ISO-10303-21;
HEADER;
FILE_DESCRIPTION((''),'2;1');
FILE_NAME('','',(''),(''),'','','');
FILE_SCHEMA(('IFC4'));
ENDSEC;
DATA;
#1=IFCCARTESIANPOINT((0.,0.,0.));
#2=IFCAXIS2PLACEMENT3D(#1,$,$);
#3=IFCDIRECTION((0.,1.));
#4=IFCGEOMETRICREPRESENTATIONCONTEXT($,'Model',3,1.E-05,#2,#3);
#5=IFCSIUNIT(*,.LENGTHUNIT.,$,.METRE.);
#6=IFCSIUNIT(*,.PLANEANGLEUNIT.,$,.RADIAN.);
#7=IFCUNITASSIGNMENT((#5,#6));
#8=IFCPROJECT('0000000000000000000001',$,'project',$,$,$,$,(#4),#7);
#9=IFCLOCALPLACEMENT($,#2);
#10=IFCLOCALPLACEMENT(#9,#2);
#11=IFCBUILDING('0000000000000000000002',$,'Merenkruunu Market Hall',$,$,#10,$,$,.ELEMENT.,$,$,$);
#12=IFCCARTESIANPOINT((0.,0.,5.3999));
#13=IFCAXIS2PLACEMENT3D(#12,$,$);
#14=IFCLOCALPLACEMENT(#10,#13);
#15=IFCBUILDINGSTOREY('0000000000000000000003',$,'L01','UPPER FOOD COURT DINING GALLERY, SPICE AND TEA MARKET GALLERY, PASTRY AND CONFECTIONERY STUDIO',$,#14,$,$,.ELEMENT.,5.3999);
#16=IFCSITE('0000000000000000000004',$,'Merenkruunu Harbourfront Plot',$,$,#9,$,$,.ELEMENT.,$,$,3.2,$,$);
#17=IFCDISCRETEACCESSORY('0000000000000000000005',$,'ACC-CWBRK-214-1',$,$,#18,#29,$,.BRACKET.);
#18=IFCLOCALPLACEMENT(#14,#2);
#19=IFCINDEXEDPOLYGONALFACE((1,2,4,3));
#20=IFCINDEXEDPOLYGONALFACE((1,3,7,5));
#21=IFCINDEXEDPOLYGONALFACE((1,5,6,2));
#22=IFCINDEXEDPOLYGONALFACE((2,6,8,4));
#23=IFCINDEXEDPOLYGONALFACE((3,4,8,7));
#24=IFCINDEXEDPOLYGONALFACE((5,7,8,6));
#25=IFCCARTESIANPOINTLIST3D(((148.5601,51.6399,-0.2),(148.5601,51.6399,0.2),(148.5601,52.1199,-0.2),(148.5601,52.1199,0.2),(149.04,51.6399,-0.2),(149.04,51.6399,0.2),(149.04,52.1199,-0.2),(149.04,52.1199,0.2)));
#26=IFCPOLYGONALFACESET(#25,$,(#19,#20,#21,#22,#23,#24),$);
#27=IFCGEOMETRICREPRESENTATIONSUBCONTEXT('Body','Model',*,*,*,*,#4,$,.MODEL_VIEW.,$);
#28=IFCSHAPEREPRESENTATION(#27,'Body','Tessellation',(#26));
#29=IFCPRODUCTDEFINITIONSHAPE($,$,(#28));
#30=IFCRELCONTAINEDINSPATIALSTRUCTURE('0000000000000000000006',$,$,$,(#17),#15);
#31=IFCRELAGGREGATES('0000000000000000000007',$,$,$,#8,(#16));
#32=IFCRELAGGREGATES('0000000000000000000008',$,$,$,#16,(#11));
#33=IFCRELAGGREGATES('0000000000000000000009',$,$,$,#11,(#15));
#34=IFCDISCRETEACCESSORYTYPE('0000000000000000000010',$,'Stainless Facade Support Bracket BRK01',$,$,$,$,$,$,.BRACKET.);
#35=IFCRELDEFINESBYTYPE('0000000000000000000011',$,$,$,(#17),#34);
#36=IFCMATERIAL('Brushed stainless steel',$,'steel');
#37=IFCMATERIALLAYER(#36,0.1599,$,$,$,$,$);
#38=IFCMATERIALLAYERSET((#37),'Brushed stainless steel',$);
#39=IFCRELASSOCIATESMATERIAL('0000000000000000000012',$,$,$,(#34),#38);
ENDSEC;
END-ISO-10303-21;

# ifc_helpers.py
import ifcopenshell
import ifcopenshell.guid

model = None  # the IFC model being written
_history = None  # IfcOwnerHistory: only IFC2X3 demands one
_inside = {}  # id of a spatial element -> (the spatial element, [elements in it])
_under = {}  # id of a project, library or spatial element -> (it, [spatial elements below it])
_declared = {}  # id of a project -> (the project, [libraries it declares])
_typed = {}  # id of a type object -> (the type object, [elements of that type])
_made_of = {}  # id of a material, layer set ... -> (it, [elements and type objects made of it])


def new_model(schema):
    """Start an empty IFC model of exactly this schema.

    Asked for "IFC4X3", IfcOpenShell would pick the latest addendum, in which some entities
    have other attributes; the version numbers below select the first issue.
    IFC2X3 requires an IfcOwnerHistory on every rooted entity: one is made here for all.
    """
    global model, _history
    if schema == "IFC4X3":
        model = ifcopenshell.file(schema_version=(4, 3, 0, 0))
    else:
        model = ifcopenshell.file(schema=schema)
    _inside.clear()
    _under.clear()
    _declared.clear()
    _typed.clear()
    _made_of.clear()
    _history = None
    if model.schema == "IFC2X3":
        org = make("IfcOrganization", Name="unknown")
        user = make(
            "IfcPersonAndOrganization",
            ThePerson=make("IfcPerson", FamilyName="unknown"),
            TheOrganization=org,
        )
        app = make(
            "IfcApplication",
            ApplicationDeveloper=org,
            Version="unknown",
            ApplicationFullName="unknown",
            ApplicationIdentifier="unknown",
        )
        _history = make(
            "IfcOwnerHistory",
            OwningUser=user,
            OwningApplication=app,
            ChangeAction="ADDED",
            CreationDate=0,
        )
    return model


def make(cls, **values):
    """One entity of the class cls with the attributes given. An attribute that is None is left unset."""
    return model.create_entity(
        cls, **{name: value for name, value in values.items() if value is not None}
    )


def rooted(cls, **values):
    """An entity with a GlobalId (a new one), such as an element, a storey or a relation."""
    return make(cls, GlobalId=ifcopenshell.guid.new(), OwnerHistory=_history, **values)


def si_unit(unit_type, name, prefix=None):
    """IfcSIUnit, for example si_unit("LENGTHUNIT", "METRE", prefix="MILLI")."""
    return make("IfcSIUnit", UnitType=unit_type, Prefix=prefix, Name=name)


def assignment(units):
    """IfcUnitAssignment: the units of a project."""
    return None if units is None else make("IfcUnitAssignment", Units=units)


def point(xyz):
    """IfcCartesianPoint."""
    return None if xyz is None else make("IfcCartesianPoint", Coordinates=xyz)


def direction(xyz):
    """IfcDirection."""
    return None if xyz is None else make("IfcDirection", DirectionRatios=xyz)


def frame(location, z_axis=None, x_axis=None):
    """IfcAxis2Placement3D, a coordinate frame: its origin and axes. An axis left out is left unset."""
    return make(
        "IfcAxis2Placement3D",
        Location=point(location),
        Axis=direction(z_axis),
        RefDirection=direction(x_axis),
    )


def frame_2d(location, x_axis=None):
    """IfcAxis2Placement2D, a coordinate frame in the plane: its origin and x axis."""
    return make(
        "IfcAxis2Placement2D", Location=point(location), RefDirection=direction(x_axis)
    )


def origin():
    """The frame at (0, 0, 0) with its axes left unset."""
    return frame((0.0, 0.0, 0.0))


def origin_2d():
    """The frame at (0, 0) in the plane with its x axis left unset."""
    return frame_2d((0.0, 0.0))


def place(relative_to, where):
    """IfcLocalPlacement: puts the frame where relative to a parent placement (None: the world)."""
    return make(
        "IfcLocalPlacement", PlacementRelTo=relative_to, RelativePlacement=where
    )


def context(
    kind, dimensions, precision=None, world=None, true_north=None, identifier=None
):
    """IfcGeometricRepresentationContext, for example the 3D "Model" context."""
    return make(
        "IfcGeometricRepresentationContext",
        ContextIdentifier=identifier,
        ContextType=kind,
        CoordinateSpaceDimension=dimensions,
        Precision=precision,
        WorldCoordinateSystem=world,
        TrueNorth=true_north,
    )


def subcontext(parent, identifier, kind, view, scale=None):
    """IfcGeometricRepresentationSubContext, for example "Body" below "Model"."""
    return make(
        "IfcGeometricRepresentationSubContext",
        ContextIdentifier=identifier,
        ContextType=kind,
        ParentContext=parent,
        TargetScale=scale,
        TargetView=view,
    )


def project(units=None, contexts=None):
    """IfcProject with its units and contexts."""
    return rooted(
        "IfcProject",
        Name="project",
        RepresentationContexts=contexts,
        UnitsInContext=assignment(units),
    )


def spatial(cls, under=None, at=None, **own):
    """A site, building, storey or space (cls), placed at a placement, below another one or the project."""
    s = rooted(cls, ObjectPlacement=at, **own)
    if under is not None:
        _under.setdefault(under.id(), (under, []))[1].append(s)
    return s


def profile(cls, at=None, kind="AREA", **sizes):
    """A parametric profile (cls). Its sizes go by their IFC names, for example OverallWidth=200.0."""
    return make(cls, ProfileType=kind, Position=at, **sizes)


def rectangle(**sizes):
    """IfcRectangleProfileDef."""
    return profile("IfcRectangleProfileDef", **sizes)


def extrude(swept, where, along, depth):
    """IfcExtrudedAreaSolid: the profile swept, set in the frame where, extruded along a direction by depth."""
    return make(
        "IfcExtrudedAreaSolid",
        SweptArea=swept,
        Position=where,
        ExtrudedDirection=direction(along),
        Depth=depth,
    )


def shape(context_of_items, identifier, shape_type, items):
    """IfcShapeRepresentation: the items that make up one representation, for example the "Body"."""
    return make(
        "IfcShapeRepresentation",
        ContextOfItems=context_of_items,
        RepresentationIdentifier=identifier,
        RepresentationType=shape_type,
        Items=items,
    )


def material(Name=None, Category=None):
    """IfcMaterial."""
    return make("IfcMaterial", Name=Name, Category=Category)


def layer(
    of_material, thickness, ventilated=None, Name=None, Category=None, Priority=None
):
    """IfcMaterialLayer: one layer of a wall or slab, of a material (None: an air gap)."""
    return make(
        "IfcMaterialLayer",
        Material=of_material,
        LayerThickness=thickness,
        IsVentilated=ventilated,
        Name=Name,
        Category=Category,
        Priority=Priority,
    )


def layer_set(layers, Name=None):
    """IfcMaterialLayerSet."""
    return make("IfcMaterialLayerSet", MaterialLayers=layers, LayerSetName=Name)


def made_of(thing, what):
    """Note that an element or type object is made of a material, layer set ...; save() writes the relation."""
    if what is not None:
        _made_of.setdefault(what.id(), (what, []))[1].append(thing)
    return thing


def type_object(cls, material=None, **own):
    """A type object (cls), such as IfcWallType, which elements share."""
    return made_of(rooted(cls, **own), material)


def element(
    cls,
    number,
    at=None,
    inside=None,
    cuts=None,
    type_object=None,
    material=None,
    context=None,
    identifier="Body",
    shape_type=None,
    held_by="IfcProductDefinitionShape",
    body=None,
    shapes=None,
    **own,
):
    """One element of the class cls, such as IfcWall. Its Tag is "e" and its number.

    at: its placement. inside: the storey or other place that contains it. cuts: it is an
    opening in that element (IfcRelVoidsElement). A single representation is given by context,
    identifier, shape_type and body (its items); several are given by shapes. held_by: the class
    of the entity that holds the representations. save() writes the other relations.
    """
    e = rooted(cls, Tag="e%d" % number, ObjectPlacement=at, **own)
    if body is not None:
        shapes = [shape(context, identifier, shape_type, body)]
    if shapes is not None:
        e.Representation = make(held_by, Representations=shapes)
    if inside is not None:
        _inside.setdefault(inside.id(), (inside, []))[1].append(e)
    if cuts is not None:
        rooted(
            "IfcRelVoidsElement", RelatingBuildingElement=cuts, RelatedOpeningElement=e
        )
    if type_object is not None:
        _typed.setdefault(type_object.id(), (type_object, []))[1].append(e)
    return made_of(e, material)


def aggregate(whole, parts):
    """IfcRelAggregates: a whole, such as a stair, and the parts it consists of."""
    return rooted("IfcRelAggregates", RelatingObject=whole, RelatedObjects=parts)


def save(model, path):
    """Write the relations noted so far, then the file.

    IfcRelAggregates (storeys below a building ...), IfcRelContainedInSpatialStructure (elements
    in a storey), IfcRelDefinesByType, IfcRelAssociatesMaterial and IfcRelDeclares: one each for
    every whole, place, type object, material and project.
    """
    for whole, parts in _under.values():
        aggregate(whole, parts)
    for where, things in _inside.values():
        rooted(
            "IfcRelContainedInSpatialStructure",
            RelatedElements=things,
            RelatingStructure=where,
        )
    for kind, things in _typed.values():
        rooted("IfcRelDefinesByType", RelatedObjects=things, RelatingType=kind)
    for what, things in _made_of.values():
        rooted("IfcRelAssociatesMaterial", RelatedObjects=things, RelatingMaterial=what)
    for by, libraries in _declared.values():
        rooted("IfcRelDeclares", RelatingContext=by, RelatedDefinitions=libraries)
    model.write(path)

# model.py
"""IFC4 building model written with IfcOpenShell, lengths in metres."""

from ifc_helpers import new_model, si_unit, direction, frame, origin, origin_2d, place, context, subcontext, project, spatial, rectangle, extrude, material, layer, layer_set, type_object, element, save


model = new_model("IFC4")

# Units and contexts
model_context = context("Model", 3, precision=1e-05, world=origin(), true_north=direction((0.0, 1.0)))
body_context = subcontext(model_context, "Body", "Model", "MODEL_VIEW")
ifc_project = project(units=[si_unit("LENGTHUNIT", "METRE"), si_unit("PLANEANGLEUNIT", "RADIAN")], contexts=[model_context])

# Site, building, storey
site_placement = place(None, origin())
site = spatial("IfcSite", under=ifc_project, at=site_placement, Name="Merenkruunu Harbourfront Plot", CompositionType="ELEMENT", RefElevation=3.2)
building_placement = place(site_placement, origin())
building = spatial("IfcBuilding", under=site, at=building_placement, Name="Merenkruunu Market Hall", CompositionType="ELEMENT")
storey_placement = place(building_placement, frame((0.0, 0.0, 5.3999)))
storey = spatial("IfcBuildingStorey", under=building, at=storey_placement, Name="L01", Description="UPPER FOOD COURT DINING GALLERY, SPICE AND TEA MARKET GALLERY, PASTRY AND CONFECTIONERY STUDIO", CompositionType="ELEMENT", Elevation=5.3999)

# Discrete accessory
ifc_material_1 = material(Name="Brushed stainless steel", Category="steel")
ifc_layer_1 = layer(ifc_material_1, 0.1599)
ifc_layer_set_1 = layer_set([ifc_layer_1], Name="Brushed stainless steel")
discrete_accessory_type = type_object("IfcDiscreteAccessoryType", Name="Stainless Facade Support Bracket BRK01", PredefinedType="BRACKET", material=ifc_layer_set_1)
for number, where, z_axis, x_axis, name in (
    (1, (148.8, 51.8799, -0.2), (0.0, 0.0, 1.0), (1.0, 0.0, 0.0), "ACC-CWBRK-214-1"),
):
    element("IfcDiscreteAccessory", number, at=place(storey_placement, frame(where, z_axis=z_axis, x_axis=x_axis)), inside=storey, type_object=discrete_accessory_type, Name=name, PredefinedType="BRACKET", context=body_context, shape_type="SweptSolid", body=[
        extrude(rectangle(XDim=0.48, YDim=0.48, at=origin_2d()), origin(), (0.0, 0.0, 1.0), 0.3999),
    ])

save(model, "model.ifc")
